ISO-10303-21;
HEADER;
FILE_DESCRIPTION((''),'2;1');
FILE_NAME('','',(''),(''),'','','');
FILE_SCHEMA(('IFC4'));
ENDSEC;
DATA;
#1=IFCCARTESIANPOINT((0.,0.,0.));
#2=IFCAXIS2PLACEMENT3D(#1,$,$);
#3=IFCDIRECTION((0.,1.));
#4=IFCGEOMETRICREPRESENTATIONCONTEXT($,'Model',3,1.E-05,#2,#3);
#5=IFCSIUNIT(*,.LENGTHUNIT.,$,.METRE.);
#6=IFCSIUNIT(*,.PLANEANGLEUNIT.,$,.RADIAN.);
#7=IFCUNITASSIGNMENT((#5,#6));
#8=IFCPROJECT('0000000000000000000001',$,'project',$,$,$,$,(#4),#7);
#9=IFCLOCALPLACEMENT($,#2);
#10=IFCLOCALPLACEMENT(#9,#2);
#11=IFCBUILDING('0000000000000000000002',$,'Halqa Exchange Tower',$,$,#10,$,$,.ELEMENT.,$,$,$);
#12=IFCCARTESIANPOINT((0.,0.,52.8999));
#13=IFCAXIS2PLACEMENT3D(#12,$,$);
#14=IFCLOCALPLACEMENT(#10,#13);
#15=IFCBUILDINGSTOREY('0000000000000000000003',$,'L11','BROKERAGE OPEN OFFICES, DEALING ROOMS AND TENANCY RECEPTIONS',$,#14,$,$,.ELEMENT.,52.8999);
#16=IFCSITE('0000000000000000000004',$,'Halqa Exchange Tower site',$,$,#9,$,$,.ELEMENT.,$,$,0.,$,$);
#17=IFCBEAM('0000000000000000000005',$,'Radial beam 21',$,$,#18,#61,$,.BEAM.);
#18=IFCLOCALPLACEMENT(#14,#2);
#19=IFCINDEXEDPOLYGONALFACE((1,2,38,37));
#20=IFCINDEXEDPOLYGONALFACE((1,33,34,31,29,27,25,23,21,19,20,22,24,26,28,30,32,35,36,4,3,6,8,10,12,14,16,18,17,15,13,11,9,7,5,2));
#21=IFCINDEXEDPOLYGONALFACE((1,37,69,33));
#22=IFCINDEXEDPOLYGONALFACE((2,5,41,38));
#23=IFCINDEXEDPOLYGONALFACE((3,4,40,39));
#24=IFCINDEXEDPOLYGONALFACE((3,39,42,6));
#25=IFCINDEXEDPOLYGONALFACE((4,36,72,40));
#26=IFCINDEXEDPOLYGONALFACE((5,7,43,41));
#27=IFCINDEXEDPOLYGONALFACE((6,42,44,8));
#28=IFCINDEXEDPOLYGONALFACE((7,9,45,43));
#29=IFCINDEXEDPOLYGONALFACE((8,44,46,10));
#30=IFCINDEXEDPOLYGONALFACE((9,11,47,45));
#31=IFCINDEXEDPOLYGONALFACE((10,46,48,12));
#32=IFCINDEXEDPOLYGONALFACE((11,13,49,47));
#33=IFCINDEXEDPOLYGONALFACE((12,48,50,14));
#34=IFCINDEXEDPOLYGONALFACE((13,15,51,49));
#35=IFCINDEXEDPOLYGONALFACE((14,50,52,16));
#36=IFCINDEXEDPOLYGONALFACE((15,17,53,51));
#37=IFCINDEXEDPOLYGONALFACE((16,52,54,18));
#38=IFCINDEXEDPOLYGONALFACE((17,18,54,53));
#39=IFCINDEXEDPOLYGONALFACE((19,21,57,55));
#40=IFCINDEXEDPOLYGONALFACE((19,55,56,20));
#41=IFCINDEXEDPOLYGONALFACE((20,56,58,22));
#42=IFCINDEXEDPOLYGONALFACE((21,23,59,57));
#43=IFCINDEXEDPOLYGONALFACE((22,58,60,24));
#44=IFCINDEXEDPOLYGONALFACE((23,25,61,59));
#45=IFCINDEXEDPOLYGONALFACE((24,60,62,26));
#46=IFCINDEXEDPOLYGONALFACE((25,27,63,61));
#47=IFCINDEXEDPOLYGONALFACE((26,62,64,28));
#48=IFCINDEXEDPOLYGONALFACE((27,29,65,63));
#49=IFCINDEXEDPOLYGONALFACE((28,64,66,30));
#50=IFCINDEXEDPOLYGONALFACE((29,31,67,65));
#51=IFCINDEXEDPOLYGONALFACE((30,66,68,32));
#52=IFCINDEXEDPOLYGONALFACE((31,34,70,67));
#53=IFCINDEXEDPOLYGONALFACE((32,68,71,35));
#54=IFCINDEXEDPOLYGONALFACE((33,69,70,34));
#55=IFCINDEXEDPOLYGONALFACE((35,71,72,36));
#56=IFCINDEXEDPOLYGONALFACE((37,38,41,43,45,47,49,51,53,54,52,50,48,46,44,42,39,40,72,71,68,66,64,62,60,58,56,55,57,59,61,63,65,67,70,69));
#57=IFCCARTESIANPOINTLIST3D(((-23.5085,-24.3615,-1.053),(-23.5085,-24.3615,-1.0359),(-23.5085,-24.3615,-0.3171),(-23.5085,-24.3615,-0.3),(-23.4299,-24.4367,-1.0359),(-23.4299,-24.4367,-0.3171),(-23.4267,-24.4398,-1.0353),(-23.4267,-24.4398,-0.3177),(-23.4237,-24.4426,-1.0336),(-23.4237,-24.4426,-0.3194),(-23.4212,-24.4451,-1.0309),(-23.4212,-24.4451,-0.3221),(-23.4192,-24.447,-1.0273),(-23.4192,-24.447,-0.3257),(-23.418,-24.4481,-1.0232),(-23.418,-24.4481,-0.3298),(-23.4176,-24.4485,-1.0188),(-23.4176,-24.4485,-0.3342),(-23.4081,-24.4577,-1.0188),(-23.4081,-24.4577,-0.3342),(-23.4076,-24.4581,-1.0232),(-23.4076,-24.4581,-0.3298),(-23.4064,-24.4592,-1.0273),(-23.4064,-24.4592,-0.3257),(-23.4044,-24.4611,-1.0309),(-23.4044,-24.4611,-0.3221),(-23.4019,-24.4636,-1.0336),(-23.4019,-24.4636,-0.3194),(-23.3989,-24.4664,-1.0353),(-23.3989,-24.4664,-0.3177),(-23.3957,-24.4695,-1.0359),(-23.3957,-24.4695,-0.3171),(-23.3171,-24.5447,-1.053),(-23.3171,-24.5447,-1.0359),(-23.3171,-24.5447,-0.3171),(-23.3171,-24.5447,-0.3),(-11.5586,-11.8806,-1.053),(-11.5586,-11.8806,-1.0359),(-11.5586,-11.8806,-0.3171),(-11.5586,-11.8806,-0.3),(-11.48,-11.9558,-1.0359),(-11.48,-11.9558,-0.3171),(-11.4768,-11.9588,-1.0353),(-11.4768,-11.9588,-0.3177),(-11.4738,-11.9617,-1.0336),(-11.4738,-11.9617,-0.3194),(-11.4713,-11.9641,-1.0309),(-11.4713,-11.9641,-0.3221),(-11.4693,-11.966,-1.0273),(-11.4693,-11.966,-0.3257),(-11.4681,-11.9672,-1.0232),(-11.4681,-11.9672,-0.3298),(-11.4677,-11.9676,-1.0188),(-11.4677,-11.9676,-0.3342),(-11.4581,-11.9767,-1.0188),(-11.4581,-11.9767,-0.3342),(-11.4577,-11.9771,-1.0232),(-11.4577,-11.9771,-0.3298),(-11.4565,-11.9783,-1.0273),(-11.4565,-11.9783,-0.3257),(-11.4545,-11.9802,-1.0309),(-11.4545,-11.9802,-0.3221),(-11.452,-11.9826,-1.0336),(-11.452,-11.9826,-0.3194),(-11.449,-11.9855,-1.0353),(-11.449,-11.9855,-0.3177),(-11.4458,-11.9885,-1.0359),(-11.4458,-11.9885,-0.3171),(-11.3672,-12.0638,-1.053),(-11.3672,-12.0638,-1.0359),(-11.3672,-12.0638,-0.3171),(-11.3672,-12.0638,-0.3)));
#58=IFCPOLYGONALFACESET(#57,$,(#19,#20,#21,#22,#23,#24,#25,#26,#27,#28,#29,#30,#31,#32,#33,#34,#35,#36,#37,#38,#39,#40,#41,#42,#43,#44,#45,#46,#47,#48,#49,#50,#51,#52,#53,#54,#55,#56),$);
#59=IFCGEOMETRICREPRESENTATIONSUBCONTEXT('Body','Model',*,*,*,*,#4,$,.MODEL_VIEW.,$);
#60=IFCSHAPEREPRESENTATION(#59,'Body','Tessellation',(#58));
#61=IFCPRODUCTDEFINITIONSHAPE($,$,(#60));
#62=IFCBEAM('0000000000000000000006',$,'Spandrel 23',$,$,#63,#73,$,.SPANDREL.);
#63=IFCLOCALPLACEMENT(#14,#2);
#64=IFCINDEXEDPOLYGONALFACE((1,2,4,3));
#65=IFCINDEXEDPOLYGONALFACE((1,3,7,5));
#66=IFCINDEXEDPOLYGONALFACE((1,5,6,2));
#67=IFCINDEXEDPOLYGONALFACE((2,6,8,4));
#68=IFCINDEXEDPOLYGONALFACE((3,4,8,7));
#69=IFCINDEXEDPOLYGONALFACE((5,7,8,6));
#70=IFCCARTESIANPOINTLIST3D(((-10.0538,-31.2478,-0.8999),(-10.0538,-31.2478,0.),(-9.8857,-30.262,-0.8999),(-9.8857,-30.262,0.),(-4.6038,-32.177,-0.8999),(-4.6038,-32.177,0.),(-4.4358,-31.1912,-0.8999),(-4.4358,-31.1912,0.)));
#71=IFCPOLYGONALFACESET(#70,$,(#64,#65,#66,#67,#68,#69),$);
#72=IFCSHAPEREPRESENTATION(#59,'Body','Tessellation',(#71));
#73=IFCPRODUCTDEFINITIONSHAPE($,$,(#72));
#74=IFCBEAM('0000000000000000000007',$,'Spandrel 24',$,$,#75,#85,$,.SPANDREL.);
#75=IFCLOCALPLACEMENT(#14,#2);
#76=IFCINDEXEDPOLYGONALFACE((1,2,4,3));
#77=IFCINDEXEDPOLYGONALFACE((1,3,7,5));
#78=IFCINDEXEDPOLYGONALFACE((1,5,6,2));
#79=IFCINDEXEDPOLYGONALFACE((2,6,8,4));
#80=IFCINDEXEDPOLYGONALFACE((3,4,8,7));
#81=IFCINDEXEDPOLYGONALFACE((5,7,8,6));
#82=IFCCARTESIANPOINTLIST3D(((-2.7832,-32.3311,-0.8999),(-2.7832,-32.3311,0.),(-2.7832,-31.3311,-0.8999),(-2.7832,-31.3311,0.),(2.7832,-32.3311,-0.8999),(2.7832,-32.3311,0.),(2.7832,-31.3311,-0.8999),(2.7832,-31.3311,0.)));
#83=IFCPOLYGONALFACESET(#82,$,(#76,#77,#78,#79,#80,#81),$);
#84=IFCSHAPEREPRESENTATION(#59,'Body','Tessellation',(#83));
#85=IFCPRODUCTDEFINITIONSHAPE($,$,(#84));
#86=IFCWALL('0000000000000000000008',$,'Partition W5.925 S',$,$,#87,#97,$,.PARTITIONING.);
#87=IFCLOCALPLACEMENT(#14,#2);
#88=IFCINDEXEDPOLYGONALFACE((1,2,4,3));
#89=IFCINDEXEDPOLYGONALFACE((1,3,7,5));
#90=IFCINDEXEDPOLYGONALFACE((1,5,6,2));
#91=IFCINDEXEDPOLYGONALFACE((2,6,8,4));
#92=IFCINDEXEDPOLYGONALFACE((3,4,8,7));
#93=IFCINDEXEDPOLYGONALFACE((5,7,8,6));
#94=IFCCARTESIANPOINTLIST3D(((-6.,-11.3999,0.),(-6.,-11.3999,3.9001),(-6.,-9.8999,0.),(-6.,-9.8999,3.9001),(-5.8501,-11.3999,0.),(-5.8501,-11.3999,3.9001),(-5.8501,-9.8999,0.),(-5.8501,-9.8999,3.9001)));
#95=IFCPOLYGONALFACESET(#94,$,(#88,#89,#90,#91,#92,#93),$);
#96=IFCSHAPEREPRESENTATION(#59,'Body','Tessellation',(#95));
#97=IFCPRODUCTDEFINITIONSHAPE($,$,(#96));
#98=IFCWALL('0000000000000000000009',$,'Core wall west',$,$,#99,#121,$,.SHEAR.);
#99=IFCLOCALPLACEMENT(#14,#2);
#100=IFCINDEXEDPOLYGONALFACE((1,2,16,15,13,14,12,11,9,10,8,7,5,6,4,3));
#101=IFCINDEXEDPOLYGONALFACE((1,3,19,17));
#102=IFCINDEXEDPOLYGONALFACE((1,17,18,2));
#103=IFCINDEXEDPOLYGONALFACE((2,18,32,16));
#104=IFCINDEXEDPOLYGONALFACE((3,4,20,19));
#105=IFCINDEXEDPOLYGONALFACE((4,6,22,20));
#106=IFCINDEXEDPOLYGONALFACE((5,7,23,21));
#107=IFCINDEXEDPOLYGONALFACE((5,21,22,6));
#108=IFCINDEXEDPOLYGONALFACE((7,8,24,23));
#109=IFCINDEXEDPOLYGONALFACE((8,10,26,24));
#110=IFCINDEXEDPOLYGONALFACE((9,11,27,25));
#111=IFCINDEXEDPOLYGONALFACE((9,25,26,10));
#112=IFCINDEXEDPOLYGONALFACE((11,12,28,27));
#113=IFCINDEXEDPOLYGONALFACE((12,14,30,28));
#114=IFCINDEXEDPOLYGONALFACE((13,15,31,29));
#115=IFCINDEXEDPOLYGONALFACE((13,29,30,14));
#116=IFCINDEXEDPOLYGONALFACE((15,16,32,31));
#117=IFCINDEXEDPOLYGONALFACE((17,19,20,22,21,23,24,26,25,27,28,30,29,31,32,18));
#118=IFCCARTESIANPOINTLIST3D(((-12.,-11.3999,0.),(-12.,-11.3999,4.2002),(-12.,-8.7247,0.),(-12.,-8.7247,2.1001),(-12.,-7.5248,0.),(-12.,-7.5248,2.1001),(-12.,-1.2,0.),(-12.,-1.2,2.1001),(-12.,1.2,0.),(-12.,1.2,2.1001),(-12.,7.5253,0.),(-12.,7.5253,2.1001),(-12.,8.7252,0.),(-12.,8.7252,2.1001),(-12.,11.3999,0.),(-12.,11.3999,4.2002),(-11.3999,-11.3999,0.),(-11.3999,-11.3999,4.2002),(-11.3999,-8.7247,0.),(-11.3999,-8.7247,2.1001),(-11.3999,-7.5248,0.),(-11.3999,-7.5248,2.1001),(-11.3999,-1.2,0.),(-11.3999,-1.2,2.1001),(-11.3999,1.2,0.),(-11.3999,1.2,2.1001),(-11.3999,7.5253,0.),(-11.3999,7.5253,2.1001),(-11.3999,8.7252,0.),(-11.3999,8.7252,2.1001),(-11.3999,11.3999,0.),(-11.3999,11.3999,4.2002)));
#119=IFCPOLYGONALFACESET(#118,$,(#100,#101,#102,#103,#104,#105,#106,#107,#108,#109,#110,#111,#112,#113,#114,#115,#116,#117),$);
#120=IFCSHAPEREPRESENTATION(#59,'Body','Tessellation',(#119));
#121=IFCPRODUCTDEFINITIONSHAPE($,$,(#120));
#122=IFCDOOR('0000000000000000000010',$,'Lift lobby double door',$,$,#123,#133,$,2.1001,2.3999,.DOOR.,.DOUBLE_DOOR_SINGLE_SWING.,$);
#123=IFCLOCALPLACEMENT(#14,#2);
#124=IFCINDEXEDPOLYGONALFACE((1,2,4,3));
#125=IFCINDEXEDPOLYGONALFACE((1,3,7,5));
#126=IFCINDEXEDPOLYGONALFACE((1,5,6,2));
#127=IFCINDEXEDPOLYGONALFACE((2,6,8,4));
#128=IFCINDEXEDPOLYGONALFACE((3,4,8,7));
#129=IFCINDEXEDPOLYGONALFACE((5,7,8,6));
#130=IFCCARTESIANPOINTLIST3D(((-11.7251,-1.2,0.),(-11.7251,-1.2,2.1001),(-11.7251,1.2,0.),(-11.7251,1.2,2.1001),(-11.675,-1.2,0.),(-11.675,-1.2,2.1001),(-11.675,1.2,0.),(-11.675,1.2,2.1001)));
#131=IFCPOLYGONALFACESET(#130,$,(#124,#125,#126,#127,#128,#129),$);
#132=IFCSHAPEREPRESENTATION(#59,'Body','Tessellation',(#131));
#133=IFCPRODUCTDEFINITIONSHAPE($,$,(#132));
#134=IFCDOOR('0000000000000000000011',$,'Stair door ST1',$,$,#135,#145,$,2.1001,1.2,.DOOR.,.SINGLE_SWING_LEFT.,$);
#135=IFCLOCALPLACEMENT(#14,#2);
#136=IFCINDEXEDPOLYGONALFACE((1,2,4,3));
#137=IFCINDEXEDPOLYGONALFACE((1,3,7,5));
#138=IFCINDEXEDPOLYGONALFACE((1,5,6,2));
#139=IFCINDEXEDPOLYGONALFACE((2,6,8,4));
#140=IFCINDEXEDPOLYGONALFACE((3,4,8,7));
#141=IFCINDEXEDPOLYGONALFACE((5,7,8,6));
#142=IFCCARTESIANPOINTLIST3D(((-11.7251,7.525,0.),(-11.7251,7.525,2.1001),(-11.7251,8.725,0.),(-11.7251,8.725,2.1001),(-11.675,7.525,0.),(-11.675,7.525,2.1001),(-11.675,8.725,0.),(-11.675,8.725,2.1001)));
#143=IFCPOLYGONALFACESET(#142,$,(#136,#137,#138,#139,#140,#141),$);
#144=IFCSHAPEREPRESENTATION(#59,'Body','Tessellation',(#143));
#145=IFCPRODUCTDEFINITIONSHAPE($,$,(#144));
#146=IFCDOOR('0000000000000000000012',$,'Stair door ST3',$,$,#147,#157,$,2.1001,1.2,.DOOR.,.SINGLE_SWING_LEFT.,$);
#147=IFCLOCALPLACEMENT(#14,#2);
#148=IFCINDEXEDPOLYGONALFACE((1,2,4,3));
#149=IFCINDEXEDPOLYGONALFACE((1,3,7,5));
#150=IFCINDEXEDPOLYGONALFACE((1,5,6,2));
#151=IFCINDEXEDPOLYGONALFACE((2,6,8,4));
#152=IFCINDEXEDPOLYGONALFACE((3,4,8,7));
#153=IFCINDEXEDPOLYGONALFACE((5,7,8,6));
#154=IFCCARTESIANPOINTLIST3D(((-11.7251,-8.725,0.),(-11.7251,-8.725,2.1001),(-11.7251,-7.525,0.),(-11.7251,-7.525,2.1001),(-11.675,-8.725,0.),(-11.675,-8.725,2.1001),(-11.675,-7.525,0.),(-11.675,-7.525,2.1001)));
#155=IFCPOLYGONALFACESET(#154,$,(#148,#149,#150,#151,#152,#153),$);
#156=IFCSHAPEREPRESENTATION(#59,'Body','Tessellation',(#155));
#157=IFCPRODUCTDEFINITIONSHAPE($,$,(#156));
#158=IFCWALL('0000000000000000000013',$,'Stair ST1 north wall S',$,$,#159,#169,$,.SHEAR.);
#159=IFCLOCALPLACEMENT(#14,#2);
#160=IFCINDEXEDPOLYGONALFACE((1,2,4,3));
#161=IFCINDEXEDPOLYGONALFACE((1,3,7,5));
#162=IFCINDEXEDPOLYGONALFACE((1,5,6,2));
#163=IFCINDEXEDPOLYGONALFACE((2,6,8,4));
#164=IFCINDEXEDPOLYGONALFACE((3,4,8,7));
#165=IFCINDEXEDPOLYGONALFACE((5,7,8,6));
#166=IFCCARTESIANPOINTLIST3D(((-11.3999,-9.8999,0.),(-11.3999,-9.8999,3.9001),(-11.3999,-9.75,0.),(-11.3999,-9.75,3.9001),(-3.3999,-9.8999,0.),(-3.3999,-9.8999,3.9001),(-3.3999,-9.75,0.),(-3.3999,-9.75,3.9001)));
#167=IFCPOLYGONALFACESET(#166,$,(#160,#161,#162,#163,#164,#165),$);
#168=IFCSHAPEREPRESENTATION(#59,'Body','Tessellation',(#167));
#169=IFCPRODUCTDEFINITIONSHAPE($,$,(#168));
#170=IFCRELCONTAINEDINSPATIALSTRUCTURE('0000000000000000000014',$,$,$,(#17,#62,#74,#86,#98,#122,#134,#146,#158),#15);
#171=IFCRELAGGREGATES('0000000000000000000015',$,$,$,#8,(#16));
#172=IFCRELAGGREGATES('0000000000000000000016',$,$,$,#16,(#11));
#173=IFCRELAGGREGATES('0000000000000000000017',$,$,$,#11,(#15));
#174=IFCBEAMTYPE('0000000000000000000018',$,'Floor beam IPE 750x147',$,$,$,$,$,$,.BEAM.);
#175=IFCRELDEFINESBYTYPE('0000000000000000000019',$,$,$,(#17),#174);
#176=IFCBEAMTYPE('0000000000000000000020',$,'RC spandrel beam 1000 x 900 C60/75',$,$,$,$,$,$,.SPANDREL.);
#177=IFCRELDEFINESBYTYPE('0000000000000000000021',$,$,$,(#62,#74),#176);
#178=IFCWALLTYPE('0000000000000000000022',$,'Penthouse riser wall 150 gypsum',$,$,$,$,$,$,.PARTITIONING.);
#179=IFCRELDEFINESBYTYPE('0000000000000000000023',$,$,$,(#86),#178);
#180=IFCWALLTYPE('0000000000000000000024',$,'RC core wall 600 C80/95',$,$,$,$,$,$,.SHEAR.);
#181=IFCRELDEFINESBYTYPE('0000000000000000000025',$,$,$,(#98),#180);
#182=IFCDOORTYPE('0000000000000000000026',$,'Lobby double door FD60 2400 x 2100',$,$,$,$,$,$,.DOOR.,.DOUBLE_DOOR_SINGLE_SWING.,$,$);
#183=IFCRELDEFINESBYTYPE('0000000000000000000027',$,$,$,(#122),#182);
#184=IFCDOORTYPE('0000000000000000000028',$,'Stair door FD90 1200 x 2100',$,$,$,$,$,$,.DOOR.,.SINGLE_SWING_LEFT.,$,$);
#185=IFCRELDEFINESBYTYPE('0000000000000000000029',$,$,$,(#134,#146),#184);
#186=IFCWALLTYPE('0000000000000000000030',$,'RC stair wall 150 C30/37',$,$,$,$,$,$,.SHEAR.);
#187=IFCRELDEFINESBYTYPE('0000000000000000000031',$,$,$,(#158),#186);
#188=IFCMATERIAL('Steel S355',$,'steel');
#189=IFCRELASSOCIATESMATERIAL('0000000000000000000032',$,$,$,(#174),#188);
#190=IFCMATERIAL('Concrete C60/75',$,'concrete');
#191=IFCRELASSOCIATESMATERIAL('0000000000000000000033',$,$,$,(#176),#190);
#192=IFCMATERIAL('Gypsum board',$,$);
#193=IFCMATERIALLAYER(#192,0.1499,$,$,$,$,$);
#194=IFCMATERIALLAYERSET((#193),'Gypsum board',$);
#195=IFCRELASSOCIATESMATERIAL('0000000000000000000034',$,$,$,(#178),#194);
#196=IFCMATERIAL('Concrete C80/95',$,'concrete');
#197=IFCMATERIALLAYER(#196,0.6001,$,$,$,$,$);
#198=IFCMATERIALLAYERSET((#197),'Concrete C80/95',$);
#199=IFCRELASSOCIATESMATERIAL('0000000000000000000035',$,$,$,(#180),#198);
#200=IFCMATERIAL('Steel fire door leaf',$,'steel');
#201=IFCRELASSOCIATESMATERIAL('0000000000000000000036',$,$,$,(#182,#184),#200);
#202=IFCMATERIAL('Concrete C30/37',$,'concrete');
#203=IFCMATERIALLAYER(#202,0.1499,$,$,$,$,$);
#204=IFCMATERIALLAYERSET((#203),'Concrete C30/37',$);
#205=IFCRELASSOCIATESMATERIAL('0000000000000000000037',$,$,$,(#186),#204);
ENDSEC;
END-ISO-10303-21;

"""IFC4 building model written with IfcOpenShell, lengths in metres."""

from ifc_helpers import new_model, si_unit, direction, frame, frame_2d, origin, origin_2d, place, context, subcontext, project, spatial, rectangle, i_section, extrude, material, layer, layer_set, material_profile, profile_set, type_object, element, fill, save


model = new_model("IFC4")

# Units and contexts
model_context = context("Model", 3, precision=1e-05, world=origin(), true_north=direction((0.0, 1.0)))
body_context = subcontext(model_context, "Body", "Model", "MODEL_VIEW")
ifc_project = project(units=[si_unit("LENGTHUNIT", "METRE"), si_unit("PLANEANGLEUNIT", "RADIAN")], contexts=[model_context])

# Site, building, storey
site_placement = place(None, origin())
site = spatial("IfcSite", under=ifc_project, at=site_placement, Name="Halqa Exchange Tower site", CompositionType="ELEMENT", RefElevation=0.0)
building_placement = place(site_placement, origin())
building = spatial("IfcBuilding", under=site, at=building_placement, Name="Halqa Exchange Tower", CompositionType="ELEMENT")
storey_placement = place(building_placement, frame((0.0, 0.0, 52.8999)))
storey = spatial("IfcBuildingStorey", under=building, at=storey_placement, Name="L11", Description="BROKERAGE OPEN OFFICES, DEALING ROOMS AND TENANCY RECEPTIONS", CompositionType="ELEMENT", Elevation=52.8999)

# Shared definitions
ifc_material_1 = material(Name="Concrete C80/95", Category="concrete")

# Beams
ifc_material_2 = material(Name="Steel S355", Category="steel")
ifc_material_profile_1 = material_profile(ifc_material_2, i_section(OverallWidth=0.2649, OverallDepth=0.7529, WebThickness=0.0132, FlangeThickness=0.0171, FilletRadius=0.0171, at=origin_2d()), Name="IPE 750x147")
ifc_profile_set_1 = profile_set([ifc_material_profile_1], Name="Steel S355")
beam_type_1 = type_object("IfcBeamType", Name="Floor beam IPE 750x147", PredefinedType="BEAM", material=ifc_profile_set_1)
beam_1_placement = place(storey_placement, frame((-11.4629, -11.9722, -0.6765), z_axis=(-0.691574, -0.722305, 0.0), x_axis=(0.722305, -0.691574, 0.0)))
element("IfcBeam", 1, at=beam_1_placement, inside=storey, type_object=beam_type_1, Name="Radial beam 21", PredefinedType="BEAM", context=body_context, shape_type="SweptSolid", body=[
    extrude(i_section(OverallWidth=0.2649, OverallDepth=0.7529, WebThickness=0.0132, FlangeThickness=0.0171, FilletRadius=0.0171, at=origin_2d()), origin(), (0.0, 0.0, 1.0), 17.2793),
])
ifc_material_3 = material(Name="Concrete C60/75", Category="concrete")
ifc_material_profile_2 = material_profile(ifc_material_3, rectangle(XDim=1.0, YDim=0.8999, at=origin_2d()), Name="1000 x 900")
ifc_profile_set_2 = profile_set([ifc_material_profile_2], Name="Concrete C60/75")
beam_type_2 = type_object("IfcBeamType", Name="RC spandrel beam 1000 x 900 C60/75", PredefinedType="SPANDREL", material=ifc_profile_set_2)
beam_2_placement = place(storey_placement, frame((-9.9697, -30.7549, -0.45), z_axis=(0.985775, -0.168071, 0.0), x_axis=(0.168071, 0.985775, 0.0)))
element("IfcBeam", 2, at=beam_2_placement, inside=storey, type_object=beam_type_2, Name="Spandrel 23", PredefinedType="SPANDREL", context=body_context, shape_type="SweptSolid", body=[
    extrude(rectangle(XDim=1.0, YDim=0.8999, at=origin_2d()), origin(), (0.0, 0.0, 1.0), 5.5286),
])
beam_3_placement = place(storey_placement, frame((-2.7832, -31.8311, -0.45), z_axis=(1.0, 0.0, 0.0), x_axis=(0.0, 1.0, 0.0)))
element("IfcBeam", 3, at=beam_3_placement, inside=storey, type_object=beam_type_2, Name="Spandrel 24", PredefinedType="SPANDREL", context=body_context, shape_type="SweptSolid", body=[
    extrude(rectangle(XDim=1.0, YDim=0.8999, at=origin_2d()), origin(), (0.0, 0.0, 1.0), 5.5664),
])

# Wall
ifc_material_4 = material(Name="Gypsum board")
ifc_layer_1 = layer(ifc_material_4, 0.1499)
ifc_layer_set_1 = layer_set([ifc_layer_1], Name="Gypsum board")
wall_type_1 = type_object("IfcWallType", Name="Penthouse riser wall 150 gypsum", PredefinedType="PARTITIONING", material=ifc_layer_set_1)
wall_1_placement = place(storey_placement, frame((-5.925, -11.3999, 0.0), z_axis=(0.0, 0.0, 1.0), x_axis=(0.0, 1.0, 0.0)))
element("IfcWall", 4, at=wall_1_placement, inside=storey, type_object=wall_type_1, Name="Partition W5.925 S", PredefinedType="PARTITIONING", context=body_context, shape_type="SweptSolid", body=[
    extrude(rectangle(XDim=1.5, YDim=0.1499, at=frame_2d((0.75, 0.0))), origin(), (0.0, 0.0, 1.0), 3.9001),
])

# Wall, openings, doors
ifc_layer_2 = layer(ifc_material_1, 0.6001)
ifc_layer_set_2 = layer_set([ifc_layer_2], Name="Concrete C80/95")
wall_type_2 = type_object("IfcWallType", Name="RC core wall 600 C80/95", PredefinedType="SHEAR", material=ifc_layer_set_2)
wall_2_placement = place(storey_placement, frame((-11.7, -11.3999, 0.0), z_axis=(0.0, 0.0, 1.0), x_axis=(0.0, 1.0, 0.0)))
wall_2 = element("IfcWall", 5, at=wall_2_placement, inside=storey, type_object=wall_type_2, Name="Core wall west", PredefinedType="SHEAR", context=body_context, shape_type="SweptSolid", body=[
    extrude(rectangle(XDim=22.7998, YDim=0.6001, at=frame_2d((11.3999, 0.0))), origin(), (0.0, 0.0, 1.0), 4.2002),
])
opening_1_placement = place(wall_2_placement, frame((10.2, 0.0, 0.0)))
opening_1 = element("IfcOpeningElement", 6, at=opening_1_placement, cuts=wall_2, PredefinedType="OPENING", context=body_context, shape_type="SweptSolid", body=[
    extrude(rectangle(XDim=2.3999, YDim=2.1001, at=frame_2d((1.2, 1.05))), frame((0.0, 0.312, 0.0), z_axis=(0.0, -1.0, 0.0), x_axis=(1.0, 0.0, 0.0)), (0.0, 0.0, 1.0), 0.624),
])
opening_2_placement = place(wall_2_placement, frame((18.925, 0.0, 0.0)))
opening_2 = element("IfcOpeningElement", 7, at=opening_2_placement, cuts=wall_2, PredefinedType="OPENING", context=body_context, shape_type="SweptSolid", body=[
    extrude(rectangle(XDim=1.2, YDim=2.1001, at=frame_2d((0.6001, 1.05))), frame((0.0, 0.312, 0.0), z_axis=(0.0, -1.0, 0.0), x_axis=(1.0, 0.0, 0.0)), (0.0, 0.0, 1.0), 0.624),
])
opening_3_placement = place(wall_2_placement, frame((2.675, 0.0, 0.0)))
opening_3 = element("IfcOpeningElement", 8, at=opening_3_placement, cuts=wall_2, PredefinedType="OPENING", context=body_context, shape_type="SweptSolid", body=[
    extrude(rectangle(XDim=1.2, YDim=2.1001, at=frame_2d((0.6001, 1.05))), frame((0.0, 0.312, 0.0), z_axis=(0.0, -1.0, 0.0), x_axis=(1.0, 0.0, 0.0)), (0.0, 0.0, 1.0), 0.624),
])
ifc_material_5 = material(Name="Steel fire door leaf", Category="steel")
door_type_1 = type_object("IfcDoorType", Name="Lobby double door FD60 2400 x 2100", OperationType="DOUBLE_DOOR_SINGLE_SWING", PredefinedType="DOOR", material=ifc_material_5)
door_1_placement = place(opening_1_placement, frame((2.3999, 0.0, 0.0), z_axis=(0.0, 0.0, 1.0), x_axis=(-1.0, 0.0, 0.0)))
door_1 = element("IfcDoor", 9, at=door_1_placement, inside=storey, type_object=door_type_1, Name="Lift lobby double door", OperationType="DOUBLE_DOOR_SINGLE_SWING", OverallHeight=2.1001, OverallWidth=2.3999, PredefinedType="DOOR", context=body_context, shape_type="SweptSolid", body=[
    extrude(rectangle(XDim=2.3999, YDim=2.1001, at=frame_2d((1.2, 1.05))), frame((0.0, 0.0249, 0.0), z_axis=(0.0, -1.0, 0.0), x_axis=(1.0, 0.0, 0.0)), (0.0, 0.0, 1.0), 0.05),
])
fill(opening_1, door_1)
door_type_2 = type_object("IfcDoorType", Name="Stair door FD90 1200 x 2100", OperationType="SINGLE_SWING_LEFT", PredefinedType="DOOR", material=ifc_material_5)
door_2_placement = place(opening_2_placement, frame((1.2, 0.0, 0.0), z_axis=(0.0, 0.0, 1.0), x_axis=(-1.0, 0.0, 0.0)))
door_2 = element("IfcDoor", 10, at=door_2_placement, inside=storey, type_object=door_type_2, Name="Stair door ST1", OperationType="SINGLE_SWING_LEFT", OverallHeight=2.1001, OverallWidth=1.2, PredefinedType="DOOR", context=body_context, shape_type="SweptSolid", body=[
    extrude(rectangle(XDim=1.2, YDim=2.1001, at=frame_2d((0.6001, 1.05))), frame((0.0, 0.0249, 0.0), z_axis=(0.0, -1.0, 0.0), x_axis=(1.0, 0.0, 0.0)), (0.0, 0.0, 1.0), 0.05),
])
fill(opening_2, door_2)
door_3_placement = place(opening_3_placement, frame((1.2, 0.0, 0.0), z_axis=(0.0, 0.0, 1.0), x_axis=(-1.0, 0.0, 0.0)))
door_3 = element("IfcDoor", 11, at=door_3_placement, inside=storey, type_object=door_type_2, Name="Stair door ST3", OperationType="SINGLE_SWING_LEFT", OverallHeight=2.1001, OverallWidth=1.2, PredefinedType="DOOR", context=body_context, shape_type="SweptSolid", body=[
    extrude(rectangle(XDim=1.2, YDim=2.1001, at=frame_2d((0.6001, 1.05))), frame((0.0, 0.0249, 0.0), z_axis=(0.0, -1.0, 0.0), x_axis=(1.0, 0.0, 0.0)), (0.0, 0.0, 1.0), 0.05),
])
fill(opening_3, door_3)

# Wall
ifc_material_6 = material(Name="Concrete C30/37", Category="concrete")
ifc_layer_3 = layer(ifc_material_6, 0.1499)
ifc_layer_set_3 = layer_set([ifc_layer_3], Name="Concrete C30/37")
wall_type_3 = type_object("IfcWallType", Name="RC stair wall 150 C30/37", PredefinedType="SHEAR", material=ifc_layer_set_3)
wall_3_placement = place(storey_placement, frame((-11.3999, -9.825, 0.0), z_axis=(0.0, 0.0, 1.0), x_axis=(1.0, 0.0, 0.0)))
element("IfcWall", 12, at=wall_3_placement, inside=storey, type_object=wall_type_3, Name="Stair ST1 north wall S", PredefinedType="SHEAR", context=body_context, shape_type="SweptSolid", body=[
    extrude(rectangle(XDim=8.0, YDim=0.1499, at=frame_2d((4.0, 0.0))), origin(), (0.0, 0.0, 1.0), 3.9001),
])

save(model, "model.ifc")
